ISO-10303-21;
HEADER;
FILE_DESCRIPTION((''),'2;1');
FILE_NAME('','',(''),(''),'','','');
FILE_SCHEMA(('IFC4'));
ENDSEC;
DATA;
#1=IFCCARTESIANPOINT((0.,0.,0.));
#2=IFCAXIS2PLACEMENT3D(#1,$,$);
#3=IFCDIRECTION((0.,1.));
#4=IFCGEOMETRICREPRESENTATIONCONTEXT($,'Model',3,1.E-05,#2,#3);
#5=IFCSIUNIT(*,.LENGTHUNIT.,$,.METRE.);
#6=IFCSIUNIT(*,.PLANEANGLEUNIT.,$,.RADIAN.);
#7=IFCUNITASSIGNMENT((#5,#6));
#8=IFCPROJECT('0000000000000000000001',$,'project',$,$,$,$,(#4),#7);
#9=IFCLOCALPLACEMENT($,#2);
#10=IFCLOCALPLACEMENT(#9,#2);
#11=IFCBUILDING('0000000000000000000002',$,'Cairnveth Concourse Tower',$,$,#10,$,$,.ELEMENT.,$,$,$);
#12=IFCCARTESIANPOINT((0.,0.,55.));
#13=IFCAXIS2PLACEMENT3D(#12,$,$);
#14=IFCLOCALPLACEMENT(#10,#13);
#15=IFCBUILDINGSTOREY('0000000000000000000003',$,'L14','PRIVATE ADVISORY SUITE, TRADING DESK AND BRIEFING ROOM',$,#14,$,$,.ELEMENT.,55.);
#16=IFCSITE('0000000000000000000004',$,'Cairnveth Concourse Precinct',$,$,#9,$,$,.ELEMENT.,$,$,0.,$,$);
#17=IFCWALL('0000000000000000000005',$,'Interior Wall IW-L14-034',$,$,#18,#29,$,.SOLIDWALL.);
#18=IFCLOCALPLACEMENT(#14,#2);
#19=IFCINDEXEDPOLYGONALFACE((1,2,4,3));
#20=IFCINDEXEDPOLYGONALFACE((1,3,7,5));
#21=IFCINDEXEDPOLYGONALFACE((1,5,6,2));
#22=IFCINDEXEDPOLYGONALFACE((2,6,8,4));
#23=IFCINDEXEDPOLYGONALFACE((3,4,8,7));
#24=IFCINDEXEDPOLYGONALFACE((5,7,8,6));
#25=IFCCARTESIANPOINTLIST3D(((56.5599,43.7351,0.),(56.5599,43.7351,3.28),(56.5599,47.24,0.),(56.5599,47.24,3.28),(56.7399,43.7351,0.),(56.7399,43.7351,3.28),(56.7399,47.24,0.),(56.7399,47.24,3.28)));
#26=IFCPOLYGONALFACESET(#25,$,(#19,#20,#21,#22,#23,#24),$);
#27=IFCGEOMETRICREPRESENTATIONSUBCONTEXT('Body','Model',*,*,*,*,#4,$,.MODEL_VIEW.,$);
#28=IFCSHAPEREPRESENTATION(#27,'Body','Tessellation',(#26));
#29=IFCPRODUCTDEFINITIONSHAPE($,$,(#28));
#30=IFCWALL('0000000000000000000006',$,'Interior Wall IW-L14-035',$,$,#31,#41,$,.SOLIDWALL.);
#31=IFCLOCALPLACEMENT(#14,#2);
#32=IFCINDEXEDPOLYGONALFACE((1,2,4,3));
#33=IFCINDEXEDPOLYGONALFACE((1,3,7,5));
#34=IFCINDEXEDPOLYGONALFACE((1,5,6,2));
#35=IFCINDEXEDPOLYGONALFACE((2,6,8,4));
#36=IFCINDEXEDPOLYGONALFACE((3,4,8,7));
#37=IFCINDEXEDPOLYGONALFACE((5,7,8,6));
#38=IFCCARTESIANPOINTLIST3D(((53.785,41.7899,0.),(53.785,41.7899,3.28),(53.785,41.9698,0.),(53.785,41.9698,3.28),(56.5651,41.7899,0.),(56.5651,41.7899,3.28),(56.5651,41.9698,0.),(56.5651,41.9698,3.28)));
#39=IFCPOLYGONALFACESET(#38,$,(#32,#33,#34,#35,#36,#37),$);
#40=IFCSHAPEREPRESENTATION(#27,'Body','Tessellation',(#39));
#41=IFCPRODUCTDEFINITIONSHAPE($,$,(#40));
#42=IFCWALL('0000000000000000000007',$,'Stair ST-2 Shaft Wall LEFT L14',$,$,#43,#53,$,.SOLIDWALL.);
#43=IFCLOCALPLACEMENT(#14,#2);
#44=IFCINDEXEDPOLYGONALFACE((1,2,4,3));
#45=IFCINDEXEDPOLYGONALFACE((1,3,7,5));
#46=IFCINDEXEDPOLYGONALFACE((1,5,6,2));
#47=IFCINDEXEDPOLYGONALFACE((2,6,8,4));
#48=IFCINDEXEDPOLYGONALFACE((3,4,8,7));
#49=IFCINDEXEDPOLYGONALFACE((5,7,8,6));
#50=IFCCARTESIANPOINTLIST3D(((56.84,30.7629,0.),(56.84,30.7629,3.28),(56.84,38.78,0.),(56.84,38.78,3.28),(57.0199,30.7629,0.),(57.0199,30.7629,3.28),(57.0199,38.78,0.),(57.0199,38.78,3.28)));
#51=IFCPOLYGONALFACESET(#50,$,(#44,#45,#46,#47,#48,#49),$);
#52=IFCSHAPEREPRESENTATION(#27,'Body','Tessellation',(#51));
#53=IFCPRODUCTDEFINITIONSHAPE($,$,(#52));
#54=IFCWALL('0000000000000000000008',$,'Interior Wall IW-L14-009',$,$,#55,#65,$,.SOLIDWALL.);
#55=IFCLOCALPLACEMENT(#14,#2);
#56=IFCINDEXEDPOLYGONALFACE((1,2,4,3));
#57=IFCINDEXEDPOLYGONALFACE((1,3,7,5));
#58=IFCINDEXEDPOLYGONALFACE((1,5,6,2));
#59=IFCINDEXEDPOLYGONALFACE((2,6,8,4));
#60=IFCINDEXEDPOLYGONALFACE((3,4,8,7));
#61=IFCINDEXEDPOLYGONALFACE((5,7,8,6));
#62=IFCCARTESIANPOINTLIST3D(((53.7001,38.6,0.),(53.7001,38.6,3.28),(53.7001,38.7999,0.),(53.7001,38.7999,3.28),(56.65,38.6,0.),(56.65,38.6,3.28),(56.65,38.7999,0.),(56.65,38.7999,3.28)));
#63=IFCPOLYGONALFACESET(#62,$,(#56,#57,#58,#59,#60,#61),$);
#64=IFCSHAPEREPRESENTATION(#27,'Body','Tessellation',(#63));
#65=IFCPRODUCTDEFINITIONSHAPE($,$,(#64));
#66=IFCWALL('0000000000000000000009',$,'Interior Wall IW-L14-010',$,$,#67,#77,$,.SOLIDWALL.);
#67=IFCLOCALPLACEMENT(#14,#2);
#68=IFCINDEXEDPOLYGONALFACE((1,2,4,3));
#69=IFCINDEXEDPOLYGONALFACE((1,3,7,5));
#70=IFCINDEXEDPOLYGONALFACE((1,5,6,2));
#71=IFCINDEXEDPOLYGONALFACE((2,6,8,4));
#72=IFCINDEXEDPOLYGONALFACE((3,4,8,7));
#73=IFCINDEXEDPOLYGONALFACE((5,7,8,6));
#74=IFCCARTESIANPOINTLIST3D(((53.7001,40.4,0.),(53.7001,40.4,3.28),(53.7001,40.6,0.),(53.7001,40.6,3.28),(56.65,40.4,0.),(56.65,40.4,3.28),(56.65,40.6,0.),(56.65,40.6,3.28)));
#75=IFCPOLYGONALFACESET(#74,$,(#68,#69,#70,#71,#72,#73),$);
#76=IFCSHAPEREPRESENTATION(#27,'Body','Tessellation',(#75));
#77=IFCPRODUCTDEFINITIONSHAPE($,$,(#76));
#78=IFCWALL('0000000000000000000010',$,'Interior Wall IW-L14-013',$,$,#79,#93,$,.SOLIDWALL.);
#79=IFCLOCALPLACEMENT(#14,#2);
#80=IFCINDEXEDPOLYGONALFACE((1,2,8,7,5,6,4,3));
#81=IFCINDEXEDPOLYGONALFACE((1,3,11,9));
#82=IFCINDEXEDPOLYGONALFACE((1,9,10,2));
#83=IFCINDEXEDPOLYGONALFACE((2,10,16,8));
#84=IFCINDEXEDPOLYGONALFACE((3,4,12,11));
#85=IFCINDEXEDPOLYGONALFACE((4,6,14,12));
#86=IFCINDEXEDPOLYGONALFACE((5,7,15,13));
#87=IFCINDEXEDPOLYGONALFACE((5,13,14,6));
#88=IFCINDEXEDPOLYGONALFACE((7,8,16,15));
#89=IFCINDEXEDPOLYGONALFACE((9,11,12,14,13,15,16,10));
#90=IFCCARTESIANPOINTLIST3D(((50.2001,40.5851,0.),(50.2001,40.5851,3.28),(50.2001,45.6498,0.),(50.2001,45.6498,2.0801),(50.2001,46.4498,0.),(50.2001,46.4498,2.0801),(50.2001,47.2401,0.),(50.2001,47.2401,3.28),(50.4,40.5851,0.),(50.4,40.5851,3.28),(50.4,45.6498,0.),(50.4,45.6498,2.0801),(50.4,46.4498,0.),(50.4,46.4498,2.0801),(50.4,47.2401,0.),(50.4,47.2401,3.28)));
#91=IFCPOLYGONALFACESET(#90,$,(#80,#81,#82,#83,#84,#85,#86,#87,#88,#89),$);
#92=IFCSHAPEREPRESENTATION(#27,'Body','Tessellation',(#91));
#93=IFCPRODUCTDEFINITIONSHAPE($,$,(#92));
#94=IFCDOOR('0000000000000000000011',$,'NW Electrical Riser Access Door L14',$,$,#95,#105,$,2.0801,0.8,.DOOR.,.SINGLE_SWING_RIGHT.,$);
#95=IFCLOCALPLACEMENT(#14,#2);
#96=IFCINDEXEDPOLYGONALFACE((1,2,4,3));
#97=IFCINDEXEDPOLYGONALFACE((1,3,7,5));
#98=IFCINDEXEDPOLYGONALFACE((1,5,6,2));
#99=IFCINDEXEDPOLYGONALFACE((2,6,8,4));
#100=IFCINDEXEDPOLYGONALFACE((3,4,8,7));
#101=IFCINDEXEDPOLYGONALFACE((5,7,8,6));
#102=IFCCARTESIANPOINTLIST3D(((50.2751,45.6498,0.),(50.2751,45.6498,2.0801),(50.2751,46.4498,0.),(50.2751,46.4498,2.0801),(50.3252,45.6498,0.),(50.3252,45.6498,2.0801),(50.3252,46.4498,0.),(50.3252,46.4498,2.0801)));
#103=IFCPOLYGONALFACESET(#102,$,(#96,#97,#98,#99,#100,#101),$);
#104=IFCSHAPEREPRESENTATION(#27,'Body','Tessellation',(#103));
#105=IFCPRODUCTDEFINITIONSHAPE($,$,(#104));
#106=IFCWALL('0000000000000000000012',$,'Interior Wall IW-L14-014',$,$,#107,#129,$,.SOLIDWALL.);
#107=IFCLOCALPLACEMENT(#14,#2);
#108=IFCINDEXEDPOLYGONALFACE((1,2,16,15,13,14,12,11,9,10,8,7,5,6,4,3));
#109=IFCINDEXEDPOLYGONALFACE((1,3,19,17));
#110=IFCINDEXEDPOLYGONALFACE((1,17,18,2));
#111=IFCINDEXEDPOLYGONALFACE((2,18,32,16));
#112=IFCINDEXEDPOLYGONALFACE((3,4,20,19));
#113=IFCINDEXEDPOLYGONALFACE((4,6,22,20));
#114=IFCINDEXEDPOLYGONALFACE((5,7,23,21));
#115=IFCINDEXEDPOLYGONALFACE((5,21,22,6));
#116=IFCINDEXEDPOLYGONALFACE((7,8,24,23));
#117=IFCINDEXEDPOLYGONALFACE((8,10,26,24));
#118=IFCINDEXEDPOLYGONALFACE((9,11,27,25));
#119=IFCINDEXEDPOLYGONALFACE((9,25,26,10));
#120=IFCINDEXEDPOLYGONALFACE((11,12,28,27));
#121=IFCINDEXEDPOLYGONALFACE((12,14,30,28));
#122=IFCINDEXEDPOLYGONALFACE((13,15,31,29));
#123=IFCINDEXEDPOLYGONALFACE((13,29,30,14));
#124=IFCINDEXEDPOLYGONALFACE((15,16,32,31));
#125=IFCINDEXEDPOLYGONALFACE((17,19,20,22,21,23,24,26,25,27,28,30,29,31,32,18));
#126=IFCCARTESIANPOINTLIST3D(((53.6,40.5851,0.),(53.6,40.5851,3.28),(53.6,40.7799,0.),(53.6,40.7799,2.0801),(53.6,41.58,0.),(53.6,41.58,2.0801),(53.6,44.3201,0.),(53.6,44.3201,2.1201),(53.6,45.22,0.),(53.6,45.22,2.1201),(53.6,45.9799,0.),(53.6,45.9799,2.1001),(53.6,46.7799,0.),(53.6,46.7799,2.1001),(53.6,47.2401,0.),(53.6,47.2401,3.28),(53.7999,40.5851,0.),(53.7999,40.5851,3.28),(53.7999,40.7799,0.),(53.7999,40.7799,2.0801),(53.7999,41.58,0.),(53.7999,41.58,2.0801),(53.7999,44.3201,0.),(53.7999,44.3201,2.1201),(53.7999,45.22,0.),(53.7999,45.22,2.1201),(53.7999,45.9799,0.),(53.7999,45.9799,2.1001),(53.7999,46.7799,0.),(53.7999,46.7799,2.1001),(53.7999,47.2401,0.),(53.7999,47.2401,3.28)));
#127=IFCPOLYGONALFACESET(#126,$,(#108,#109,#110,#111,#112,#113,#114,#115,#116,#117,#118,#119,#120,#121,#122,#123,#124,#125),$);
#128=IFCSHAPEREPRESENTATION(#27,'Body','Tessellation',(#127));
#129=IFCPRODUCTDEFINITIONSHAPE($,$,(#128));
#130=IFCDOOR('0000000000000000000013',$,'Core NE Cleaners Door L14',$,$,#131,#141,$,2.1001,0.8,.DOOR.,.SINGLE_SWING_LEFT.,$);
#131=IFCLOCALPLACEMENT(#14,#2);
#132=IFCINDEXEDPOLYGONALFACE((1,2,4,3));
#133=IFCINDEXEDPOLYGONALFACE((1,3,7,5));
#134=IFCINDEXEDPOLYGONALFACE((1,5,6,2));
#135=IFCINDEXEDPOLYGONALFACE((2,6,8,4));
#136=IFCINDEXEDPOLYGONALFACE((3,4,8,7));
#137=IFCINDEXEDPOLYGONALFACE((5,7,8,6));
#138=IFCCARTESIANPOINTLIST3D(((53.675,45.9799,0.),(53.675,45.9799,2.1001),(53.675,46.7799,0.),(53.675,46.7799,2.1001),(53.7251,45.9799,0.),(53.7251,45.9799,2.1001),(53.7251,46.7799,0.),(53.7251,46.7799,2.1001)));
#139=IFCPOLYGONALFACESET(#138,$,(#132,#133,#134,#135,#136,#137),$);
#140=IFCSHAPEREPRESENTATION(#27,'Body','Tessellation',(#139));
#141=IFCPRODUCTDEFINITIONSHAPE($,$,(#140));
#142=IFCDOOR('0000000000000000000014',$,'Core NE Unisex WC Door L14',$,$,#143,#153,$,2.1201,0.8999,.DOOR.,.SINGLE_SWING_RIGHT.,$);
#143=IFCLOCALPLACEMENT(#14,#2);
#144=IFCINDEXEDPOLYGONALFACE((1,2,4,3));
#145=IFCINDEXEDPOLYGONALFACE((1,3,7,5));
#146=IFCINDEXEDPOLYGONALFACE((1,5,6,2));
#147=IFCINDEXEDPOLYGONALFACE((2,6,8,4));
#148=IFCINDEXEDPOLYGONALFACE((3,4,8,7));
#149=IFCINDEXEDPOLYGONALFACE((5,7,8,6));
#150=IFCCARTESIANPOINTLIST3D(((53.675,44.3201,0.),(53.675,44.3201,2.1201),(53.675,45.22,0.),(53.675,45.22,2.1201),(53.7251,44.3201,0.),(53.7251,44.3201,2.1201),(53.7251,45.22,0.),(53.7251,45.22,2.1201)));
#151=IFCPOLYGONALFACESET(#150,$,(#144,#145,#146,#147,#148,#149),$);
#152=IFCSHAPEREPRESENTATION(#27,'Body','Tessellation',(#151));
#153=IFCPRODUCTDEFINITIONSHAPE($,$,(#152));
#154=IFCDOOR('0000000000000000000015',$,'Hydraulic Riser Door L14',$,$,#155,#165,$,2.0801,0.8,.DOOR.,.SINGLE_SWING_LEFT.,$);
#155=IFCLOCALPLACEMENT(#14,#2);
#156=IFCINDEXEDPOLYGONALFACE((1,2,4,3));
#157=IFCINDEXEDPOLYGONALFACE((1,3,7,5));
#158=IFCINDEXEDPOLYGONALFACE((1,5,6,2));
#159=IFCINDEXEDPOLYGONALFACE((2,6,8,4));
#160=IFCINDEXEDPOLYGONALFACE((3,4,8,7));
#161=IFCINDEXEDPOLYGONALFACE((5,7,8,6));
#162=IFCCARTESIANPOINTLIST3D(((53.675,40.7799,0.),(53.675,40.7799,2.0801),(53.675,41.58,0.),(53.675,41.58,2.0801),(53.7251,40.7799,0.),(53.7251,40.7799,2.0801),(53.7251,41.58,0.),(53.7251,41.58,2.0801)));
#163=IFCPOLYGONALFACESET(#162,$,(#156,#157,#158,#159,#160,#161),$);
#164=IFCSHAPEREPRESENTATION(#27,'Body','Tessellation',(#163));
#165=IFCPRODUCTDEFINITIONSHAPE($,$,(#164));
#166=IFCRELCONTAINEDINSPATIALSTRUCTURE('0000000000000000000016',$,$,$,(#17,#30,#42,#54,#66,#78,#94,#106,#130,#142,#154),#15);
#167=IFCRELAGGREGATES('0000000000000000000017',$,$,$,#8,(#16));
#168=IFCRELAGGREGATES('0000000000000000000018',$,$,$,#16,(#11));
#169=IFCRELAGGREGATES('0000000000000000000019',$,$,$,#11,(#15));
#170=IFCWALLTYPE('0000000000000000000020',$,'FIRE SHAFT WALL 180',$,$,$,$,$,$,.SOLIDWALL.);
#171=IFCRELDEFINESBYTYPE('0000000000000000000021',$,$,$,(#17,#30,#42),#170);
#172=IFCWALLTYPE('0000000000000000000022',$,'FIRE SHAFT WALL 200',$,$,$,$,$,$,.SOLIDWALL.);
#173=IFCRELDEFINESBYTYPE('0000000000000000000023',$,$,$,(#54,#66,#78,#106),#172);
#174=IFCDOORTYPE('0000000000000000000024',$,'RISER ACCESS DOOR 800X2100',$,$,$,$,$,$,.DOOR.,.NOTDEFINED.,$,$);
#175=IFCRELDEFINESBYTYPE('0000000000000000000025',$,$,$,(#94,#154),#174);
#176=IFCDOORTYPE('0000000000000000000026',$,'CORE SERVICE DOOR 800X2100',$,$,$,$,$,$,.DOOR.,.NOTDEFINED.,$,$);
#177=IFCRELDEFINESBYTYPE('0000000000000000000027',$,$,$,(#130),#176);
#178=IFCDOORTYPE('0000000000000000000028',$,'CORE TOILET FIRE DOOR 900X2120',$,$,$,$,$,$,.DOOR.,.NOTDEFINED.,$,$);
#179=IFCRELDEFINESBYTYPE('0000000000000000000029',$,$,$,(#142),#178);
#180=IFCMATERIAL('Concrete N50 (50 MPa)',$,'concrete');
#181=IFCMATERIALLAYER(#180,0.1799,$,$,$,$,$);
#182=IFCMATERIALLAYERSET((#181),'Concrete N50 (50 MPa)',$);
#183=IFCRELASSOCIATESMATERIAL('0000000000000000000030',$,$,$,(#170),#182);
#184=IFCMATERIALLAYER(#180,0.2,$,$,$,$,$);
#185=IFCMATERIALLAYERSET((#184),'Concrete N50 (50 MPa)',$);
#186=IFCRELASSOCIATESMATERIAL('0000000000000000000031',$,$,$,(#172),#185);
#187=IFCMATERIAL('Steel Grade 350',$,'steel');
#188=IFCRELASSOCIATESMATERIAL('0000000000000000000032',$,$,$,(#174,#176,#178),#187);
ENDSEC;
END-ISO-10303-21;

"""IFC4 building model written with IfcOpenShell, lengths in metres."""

from ifc_helpers import new_model, si_unit, direction, frame, frame_2d, origin, place, context, subcontext, project, spatial, rectangle, extrude, material, layer, layer_set, type_object, element, fill, save


model = new_model("IFC4")

# Units and contexts
model_context = context("Model", 3, precision=1e-05, world=origin(), true_north=direction((0.0, 1.0)))
body_context = subcontext(model_context, "Body", "Model", "MODEL_VIEW")
ifc_project = project(units=[si_unit("LENGTHUNIT", "METRE"), si_unit("PLANEANGLEUNIT", "RADIAN")], contexts=[model_context])

# Site, building, storey
site_placement = place(None, origin())
site = spatial("IfcSite", under=ifc_project, at=site_placement, Name="Cairnveth Concourse Precinct", CompositionType="ELEMENT", RefElevation=0.0)
building_placement = place(site_placement, origin())
building = spatial("IfcBuilding", under=site, at=building_placement, Name="Cairnveth Concourse Tower", CompositionType="ELEMENT")
storey_placement = place(building_placement, frame((0.0, 0.0, 55.0)))
storey = spatial("IfcBuildingStorey", under=building, at=storey_placement, Name="L14", Description="PRIVATE ADVISORY SUITE, TRADING DESK AND BRIEFING ROOM", CompositionType="ELEMENT", Elevation=55.0)

# Walls
ifc_material_1 = material(Name="Concrete N50 (50 MPa)", Category="concrete")
ifc_layer_1 = layer(ifc_material_1, 0.1799)
ifc_layer_set_1 = layer_set([ifc_layer_1], Name="Concrete N50 (50 MPa)")
wall_type_1 = type_object("IfcWallType", Name="FIRE SHAFT WALL 180", PredefinedType="SOLIDWALL", material=ifc_layer_set_1)
wall_1_placement = place(storey_placement, frame((56.6499, 43.7351, 0.0), z_axis=(0.0, 0.0, 1.0), x_axis=(0.0, 1.0, 0.0)))
element("IfcWall", 1, at=wall_1_placement, inside=storey, type_object=wall_type_1, Name="Interior Wall IW-L14-034", PredefinedType="SOLIDWALL", context=body_context, shape_type="SweptSolid", body=[
    extrude(rectangle(XDim=3.5049, YDim=0.1799, at=frame_2d((1.7524, 0.0))), origin(), (0.0, 0.0, 1.0), 3.28),
])
wall_2_placement = place(storey_placement, frame((53.7849, 41.8799, 0.0), z_axis=(0.0, 0.0, 1.0), x_axis=(1.0, 0.0, 0.0)))
element("IfcWall", 2, at=wall_2_placement, inside=storey, type_object=wall_type_1, Name="Interior Wall IW-L14-035", PredefinedType="SOLIDWALL", context=body_context, shape_type="SweptSolid", body=[
    extrude(rectangle(XDim=2.78, YDim=0.1799, at=frame_2d((1.3901, 0.0))), origin(), (0.0, 0.0, 1.0), 3.28),
])

# Shared definitions
ifc_material_2 = material(Name="Steel Grade 350", Category="steel")

# Walls
wall_3_placement = place(storey_placement, frame((56.9299, 38.78, 0.0), z_axis=(0.0, 0.0, 1.0), x_axis=(0.0, -1.0, 0.0)))
element("IfcWall", 3, at=wall_3_placement, inside=storey, type_object=wall_type_1, Name="Stair ST-2 Shaft Wall LEFT L14", PredefinedType="SOLIDWALL", context=body_context, shape_type="SweptSolid", body=[
    extrude(rectangle(XDim=8.0171, YDim=0.1799, at=frame_2d((4.0085, 0.0))), origin(), (0.0, 0.0, 1.0), 3.28),
])
ifc_layer_2 = layer(ifc_material_1, 0.2)
ifc_layer_set_2 = layer_set([ifc_layer_2], Name="Concrete N50 (50 MPa)")
wall_type_2 = type_object("IfcWallType", Name="FIRE SHAFT WALL 200", PredefinedType="SOLIDWALL", material=ifc_layer_set_2)
for number, where, z_axis, x_axis, name in (
    (4, (53.7, 38.7, 0.0), (0.0, 0.0, 1.0), (1.0, 0.0, 0.0), "Interior Wall IW-L14-009"),
    (5, (53.7, 40.5, 0.0), (0.0, 0.0, 1.0), (1.0, 0.0, 0.0), "Interior Wall IW-L14-010"),
):
    element("IfcWall", number, at=place(storey_placement, frame(where, z_axis=z_axis, x_axis=x_axis)), inside=storey, type_object=wall_type_2, Name=name, PredefinedType="SOLIDWALL", context=body_context, shape_type="SweptSolid", body=[
        extrude(rectangle(XDim=2.95, YDim=0.2, at=frame_2d((1.4751, 0.0))), origin(), (0.0, 0.0, 1.0), 3.28),
    ])

# Wall, opening, door
wall_4_placement = place(storey_placement, frame((50.3, 40.585, 0.0), z_axis=(0.0, 0.0, 1.0), x_axis=(0.0, 1.0, 0.0)))
wall_4 = element("IfcWall", 6, at=wall_4_placement, inside=storey, type_object=wall_type_2, Name="Interior Wall IW-L14-013", PredefinedType="SOLIDWALL", context=body_context, shape_type="SweptSolid", body=[
    extrude(rectangle(XDim=6.655, YDim=0.2, at=frame_2d((3.3276, 0.0))), origin(), (0.0, 0.0, 1.0), 3.28),
])
opening_1_placement = place(wall_4_placement, frame((5.0649, 0.0, 0.0)))
opening_1 = element("IfcOpeningElement", 7, at=opening_1_placement, cuts=wall_4, PredefinedType="OPENING", context=body_context, shape_type="SweptSolid", body=[
    extrude(rectangle(XDim=0.8, YDim=2.0801, at=frame_2d((0.3999, 1.04))), frame((0.0, 0.1099, 0.0), z_axis=(0.0, -1.0, 0.0), x_axis=(1.0, 0.0, 0.0)), (0.0, 0.0, 1.0), 0.22),
])
door_type_1 = type_object("IfcDoorType", Name="RISER ACCESS DOOR 800X2100", OperationType="NOTDEFINED", PredefinedType="DOOR", material=ifc_material_2)
door_1_placement = place(opening_1_placement, origin())
door_1 = element("IfcDoor", 8, at=door_1_placement, inside=storey, type_object=door_type_1, Name="NW Electrical Riser Access Door L14", OperationType="SINGLE_SWING_RIGHT", OverallHeight=2.0801, OverallWidth=0.8, PredefinedType="DOOR", context=body_context, shape_type="SweptSolid", body=[
    extrude(rectangle(XDim=0.8, YDim=2.0801, at=frame_2d((0.3999, 1.04))), frame((0.0, 0.0249, 0.0), z_axis=(0.0, -1.0, 0.0), x_axis=(1.0, 0.0, 0.0)), (0.0, 0.0, 1.0), 0.05),
])
fill(opening_1, door_1)

# Wall, openings, doors
wall_5_placement = place(storey_placement, frame((53.7, 40.585, 0.0), z_axis=(0.0, 0.0, 1.0), x_axis=(0.0, 1.0, 0.0)))
wall_5 = element("IfcWall", 9, at=wall_5_placement, inside=storey, type_object=wall_type_2, Name="Interior Wall IW-L14-014", PredefinedType="SOLIDWALL", context=body_context, shape_type="SweptSolid", body=[
    extrude(rectangle(XDim=6.655, YDim=0.2, at=frame_2d((3.3276, 0.0))), origin(), (0.0, 0.0, 1.0), 3.28),
])
opening_2_placement = place(wall_5_placement, frame((0.1951, 0.0, 0.0)))
opening_2 = element("IfcOpeningElement", 10, at=opening_2_placement, cuts=wall_5, PredefinedType="OPENING", context=body_context, shape_type="SweptSolid", body=[
    extrude(rectangle(XDim=0.8, YDim=2.0801, at=frame_2d((0.3999, 1.04))), frame((0.0, 0.1099, 0.0), z_axis=(0.0, -1.0, 0.0), x_axis=(1.0, 0.0, 0.0)), (0.0, 0.0, 1.0), 0.22),
])
opening_3_placement = place(wall_5_placement, frame((3.7351, 0.0, 0.0)))
opening_3 = element("IfcOpeningElement", 11, at=opening_3_placement, cuts=wall_5, PredefinedType="OPENING", context=body_context, shape_type="SweptSolid", body=[
    extrude(rectangle(XDim=0.8999, YDim=2.1201, at=frame_2d((0.45, 1.0601))), frame((0.0, 0.1099, 0.0), z_axis=(0.0, -1.0, 0.0), x_axis=(1.0, 0.0, 0.0)), (0.0, 0.0, 1.0), 0.22),
])
opening_4_placement = place(wall_5_placement, frame((5.395, 0.0, 0.0)))
opening_4 = element("IfcOpeningElement", 12, at=opening_4_placement, cuts=wall_5, PredefinedType="OPENING", context=body_context, shape_type="SweptSolid", body=[
    extrude(rectangle(XDim=0.8, YDim=2.1001, at=frame_2d((0.3999, 1.05))), frame((0.0, 0.1099, 0.0), z_axis=(0.0, -1.0, 0.0), x_axis=(1.0, 0.0, 0.0)), (0.0, 0.0, 1.0), 0.22),
])
door_type_2 = type_object("IfcDoorType", Name="CORE SERVICE DOOR 800X2100", OperationType="NOTDEFINED", PredefinedType="DOOR", material=ifc_material_2)
door_2_placement = place(opening_4_placement, origin())
door_2 = element("IfcDoor", 13, at=door_2_placement, inside=storey, type_object=door_type_2, Name="Core NE Cleaners Door L14", OperationType="SINGLE_SWING_LEFT", OverallHeight=2.1001, OverallWidth=0.8, PredefinedType="DOOR", context=body_context, shape_type="SweptSolid", body=[
    extrude(rectangle(XDim=0.8, YDim=2.1001, at=frame_2d((0.3999, 1.05))), frame((0.0, 0.0249, 0.0), z_axis=(0.0, -1.0, 0.0), x_axis=(1.0, 0.0, 0.0)), (0.0, 0.0, 1.0), 0.05),
])
fill(opening_4, door_2)
door_type_3 = type_object("IfcDoorType", Name="CORE TOILET FIRE DOOR 900X2120", OperationType="NOTDEFINED", PredefinedType="DOOR", material=ifc_material_2)
door_3_placement = place(opening_3_placement, origin())
door_3 = element("IfcDoor", 14, at=door_3_placement, inside=storey, type_object=door_type_3, Name="Core NE Unisex WC Door L14", OperationType="SINGLE_SWING_RIGHT", OverallHeight=2.1201, OverallWidth=0.8999, PredefinedType="DOOR", context=body_context, shape_type="SweptSolid", body=[
    extrude(rectangle(XDim=0.8999, YDim=2.1201, at=frame_2d((0.45, 1.0601))), frame((0.0, 0.0249, 0.0), z_axis=(0.0, -1.0, 0.0), x_axis=(1.0, 0.0, 0.0)), (0.0, 0.0, 1.0), 0.05),
])
fill(opening_3, door_3)
door_4_placement = place(opening_2_placement, origin())
door_4 = element("IfcDoor", 15, at=door_4_placement, inside=storey, type_object=door_type_1, Name="Hydraulic Riser Door L14", OperationType="SINGLE_SWING_LEFT", OverallHeight=2.0801, OverallWidth=0.8, PredefinedType="DOOR", context=body_context, shape_type="SweptSolid", body=[
    extrude(rectangle(XDim=0.8, YDim=2.0801, at=frame_2d((0.3999, 1.04))), frame((0.0, 0.0249, 0.0), z_axis=(0.0, -1.0, 0.0), x_axis=(1.0, 0.0, 0.0)), (0.0, 0.0, 1.0), 0.05),
])
fill(opening_2, door_4)

save(model, "model.ifc")
